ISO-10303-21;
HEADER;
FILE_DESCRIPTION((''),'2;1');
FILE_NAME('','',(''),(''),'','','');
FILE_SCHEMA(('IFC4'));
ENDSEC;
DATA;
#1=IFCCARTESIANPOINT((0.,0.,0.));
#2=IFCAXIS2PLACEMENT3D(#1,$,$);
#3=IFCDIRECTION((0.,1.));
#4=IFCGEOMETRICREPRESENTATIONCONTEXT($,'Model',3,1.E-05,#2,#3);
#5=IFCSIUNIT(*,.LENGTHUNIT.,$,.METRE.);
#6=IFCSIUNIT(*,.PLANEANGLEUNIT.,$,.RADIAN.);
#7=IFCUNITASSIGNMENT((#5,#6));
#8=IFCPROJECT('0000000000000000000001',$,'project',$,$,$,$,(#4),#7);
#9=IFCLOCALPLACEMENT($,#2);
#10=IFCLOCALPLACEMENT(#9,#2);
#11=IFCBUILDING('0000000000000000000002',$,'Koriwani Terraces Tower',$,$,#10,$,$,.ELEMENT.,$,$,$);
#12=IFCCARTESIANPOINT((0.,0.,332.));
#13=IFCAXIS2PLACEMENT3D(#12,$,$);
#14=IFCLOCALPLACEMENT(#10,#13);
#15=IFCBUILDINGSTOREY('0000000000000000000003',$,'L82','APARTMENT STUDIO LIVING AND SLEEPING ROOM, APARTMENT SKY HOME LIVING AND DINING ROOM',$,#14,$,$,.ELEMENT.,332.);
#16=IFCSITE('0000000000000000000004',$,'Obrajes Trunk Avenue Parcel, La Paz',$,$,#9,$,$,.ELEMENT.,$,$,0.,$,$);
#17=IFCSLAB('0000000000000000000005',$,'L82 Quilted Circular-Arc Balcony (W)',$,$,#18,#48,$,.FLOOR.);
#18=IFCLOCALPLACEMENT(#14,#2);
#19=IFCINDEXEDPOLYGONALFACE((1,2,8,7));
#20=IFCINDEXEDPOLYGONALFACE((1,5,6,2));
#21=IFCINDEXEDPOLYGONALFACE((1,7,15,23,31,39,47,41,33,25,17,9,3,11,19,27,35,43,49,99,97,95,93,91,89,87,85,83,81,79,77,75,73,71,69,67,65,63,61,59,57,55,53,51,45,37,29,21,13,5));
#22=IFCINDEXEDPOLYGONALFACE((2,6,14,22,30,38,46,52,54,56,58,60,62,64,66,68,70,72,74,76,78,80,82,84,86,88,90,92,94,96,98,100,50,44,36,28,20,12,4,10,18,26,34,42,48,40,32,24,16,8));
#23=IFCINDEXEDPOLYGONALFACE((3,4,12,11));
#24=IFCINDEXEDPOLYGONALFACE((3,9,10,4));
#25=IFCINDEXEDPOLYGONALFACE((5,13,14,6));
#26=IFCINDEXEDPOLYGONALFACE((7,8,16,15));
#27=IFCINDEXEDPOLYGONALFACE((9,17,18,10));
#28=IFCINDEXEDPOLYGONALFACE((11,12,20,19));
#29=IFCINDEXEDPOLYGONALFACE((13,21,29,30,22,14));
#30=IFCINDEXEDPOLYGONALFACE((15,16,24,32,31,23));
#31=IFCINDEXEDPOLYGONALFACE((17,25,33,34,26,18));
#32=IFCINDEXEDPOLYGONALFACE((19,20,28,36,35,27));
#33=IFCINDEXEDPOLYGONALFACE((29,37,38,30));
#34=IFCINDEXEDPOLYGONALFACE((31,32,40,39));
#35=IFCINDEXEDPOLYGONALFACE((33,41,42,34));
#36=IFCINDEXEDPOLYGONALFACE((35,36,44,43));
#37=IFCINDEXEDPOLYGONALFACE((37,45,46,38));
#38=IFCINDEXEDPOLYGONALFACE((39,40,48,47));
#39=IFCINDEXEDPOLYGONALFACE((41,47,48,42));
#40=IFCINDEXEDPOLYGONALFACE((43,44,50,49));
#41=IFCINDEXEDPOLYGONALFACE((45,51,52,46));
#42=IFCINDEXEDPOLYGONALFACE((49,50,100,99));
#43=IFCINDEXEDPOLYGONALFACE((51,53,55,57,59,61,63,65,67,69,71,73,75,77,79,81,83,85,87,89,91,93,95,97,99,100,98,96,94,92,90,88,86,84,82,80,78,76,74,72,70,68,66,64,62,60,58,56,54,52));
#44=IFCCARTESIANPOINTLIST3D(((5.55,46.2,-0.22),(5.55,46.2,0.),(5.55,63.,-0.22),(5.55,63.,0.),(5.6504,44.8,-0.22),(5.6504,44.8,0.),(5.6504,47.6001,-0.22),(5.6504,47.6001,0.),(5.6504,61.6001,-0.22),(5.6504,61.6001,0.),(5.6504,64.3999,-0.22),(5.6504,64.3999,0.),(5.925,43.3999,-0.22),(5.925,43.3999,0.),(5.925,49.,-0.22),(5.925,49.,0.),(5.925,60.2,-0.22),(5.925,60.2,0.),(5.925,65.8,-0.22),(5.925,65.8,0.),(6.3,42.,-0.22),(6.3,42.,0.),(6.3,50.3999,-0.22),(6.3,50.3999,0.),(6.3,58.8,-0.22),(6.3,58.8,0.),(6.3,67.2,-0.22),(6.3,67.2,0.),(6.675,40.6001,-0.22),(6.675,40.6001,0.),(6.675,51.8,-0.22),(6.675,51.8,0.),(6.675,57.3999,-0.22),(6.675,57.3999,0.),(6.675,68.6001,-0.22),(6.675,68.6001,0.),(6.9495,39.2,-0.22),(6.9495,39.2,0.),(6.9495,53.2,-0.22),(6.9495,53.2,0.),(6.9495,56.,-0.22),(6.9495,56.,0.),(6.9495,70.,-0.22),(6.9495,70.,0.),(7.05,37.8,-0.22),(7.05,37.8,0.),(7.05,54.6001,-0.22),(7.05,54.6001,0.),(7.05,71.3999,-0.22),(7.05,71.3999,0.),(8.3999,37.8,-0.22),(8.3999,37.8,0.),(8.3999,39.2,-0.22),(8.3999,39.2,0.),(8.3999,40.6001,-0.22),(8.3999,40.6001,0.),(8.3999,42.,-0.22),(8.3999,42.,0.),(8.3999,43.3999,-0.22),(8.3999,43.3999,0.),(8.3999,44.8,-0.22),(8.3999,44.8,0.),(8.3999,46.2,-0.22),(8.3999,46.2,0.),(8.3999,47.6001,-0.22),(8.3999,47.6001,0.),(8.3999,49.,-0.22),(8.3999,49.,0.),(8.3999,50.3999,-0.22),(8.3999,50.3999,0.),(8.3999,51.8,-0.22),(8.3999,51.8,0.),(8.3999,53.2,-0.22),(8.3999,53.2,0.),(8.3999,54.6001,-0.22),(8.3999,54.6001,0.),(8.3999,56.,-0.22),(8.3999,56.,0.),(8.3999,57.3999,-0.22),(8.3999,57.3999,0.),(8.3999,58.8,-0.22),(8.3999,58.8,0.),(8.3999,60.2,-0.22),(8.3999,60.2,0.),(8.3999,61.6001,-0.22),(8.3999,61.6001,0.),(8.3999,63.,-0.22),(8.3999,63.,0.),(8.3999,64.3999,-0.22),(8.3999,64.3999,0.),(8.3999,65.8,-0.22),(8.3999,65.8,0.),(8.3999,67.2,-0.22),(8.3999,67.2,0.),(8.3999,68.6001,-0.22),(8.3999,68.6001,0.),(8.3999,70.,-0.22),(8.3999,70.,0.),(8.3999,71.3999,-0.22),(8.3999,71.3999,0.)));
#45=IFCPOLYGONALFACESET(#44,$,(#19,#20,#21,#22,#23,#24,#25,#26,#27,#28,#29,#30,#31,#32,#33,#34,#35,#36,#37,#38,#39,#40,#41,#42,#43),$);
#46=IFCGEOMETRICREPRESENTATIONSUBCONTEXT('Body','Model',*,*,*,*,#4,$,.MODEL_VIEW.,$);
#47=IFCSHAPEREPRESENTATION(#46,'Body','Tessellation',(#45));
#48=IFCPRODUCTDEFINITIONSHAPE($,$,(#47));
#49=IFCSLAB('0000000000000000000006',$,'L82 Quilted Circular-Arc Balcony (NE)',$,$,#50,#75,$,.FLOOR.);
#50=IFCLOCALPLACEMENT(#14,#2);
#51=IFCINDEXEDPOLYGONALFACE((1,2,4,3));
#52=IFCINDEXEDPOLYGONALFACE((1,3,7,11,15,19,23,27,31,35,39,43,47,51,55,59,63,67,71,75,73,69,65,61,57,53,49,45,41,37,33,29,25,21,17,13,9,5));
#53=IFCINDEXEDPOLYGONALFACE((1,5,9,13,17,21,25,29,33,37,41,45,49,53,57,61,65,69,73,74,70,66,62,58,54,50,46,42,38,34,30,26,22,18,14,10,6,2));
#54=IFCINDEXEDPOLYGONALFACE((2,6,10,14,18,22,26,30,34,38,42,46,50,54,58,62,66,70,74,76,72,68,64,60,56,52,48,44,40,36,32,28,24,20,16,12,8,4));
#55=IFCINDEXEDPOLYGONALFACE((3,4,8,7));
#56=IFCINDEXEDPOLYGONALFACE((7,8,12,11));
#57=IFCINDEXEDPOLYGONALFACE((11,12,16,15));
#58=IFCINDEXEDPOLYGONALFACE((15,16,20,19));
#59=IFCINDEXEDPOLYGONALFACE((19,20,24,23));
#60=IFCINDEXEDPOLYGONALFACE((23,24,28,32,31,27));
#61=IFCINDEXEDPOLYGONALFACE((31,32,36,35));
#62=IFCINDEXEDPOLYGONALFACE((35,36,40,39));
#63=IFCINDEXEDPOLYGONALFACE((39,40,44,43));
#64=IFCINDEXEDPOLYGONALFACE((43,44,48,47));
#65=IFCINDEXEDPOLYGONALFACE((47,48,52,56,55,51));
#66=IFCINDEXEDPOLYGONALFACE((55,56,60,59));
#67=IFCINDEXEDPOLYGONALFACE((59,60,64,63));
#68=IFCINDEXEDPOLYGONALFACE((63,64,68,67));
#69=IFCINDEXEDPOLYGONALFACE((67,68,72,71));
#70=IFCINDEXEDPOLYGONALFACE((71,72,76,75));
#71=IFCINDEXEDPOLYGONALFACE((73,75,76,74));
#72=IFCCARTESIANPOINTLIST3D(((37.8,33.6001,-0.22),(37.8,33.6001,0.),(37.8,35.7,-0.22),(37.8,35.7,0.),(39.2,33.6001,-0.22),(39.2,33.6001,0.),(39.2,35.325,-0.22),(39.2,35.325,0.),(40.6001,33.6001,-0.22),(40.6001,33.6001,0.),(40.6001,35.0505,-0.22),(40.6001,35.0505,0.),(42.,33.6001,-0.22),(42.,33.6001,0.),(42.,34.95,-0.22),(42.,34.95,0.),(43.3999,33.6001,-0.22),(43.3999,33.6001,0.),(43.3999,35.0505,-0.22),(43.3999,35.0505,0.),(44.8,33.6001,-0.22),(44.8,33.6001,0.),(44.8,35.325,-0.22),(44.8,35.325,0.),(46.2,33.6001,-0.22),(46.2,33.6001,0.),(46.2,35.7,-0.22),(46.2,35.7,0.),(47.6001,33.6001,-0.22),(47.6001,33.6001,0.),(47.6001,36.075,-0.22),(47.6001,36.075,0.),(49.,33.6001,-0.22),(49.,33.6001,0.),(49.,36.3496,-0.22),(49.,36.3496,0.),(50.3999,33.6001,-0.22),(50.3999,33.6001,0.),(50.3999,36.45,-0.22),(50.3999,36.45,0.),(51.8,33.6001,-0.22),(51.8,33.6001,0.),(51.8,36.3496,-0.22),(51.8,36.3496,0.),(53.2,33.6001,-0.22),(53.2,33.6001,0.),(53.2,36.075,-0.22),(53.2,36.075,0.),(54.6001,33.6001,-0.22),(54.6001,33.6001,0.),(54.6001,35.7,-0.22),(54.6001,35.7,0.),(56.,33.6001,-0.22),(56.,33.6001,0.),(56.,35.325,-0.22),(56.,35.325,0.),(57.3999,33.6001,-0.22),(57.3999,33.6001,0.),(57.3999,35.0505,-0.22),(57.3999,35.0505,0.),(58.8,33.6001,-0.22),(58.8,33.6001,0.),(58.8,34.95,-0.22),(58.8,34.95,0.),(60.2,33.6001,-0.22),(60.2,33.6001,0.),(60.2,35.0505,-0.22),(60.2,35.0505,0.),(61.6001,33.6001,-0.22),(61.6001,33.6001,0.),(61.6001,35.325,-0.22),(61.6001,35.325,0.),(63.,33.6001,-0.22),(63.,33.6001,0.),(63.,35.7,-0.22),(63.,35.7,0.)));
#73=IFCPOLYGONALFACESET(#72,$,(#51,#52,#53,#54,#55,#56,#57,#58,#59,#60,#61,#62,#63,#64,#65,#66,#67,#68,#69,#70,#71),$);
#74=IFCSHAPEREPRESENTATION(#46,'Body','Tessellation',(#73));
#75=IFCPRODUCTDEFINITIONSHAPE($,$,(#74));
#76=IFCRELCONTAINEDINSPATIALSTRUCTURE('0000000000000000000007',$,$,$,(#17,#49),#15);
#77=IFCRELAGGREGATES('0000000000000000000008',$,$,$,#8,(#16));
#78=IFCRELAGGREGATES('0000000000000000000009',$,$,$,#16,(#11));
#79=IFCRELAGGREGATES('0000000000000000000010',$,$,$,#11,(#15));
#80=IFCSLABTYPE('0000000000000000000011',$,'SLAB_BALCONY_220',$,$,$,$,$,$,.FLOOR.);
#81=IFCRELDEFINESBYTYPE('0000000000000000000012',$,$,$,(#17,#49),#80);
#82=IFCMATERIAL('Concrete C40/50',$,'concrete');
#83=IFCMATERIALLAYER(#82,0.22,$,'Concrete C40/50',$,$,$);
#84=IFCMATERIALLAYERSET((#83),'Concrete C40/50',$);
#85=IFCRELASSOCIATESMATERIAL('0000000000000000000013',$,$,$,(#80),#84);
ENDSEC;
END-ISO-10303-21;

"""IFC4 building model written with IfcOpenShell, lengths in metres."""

from ifc_helpers import new_model, si_unit, direction, frame, origin, place, context, subcontext, project, spatial, polyline, outline, extrude, material, layer, layer_set, type_object, element, save


model = new_model("IFC4")

# Units and contexts
model_context = context("Model", 3, precision=1e-05, world=origin(), true_north=direction((0.0, 1.0)))
body_context = subcontext(model_context, "Body", "Model", "MODEL_VIEW")
ifc_project = project(units=[si_unit("LENGTHUNIT", "METRE"), si_unit("PLANEANGLEUNIT", "RADIAN")], contexts=[model_context])

# Site, building, storey
site_placement = place(None, origin())
site = spatial("IfcSite", under=ifc_project, at=site_placement, Name="Obrajes Trunk Avenue Parcel, La Paz", CompositionType="ELEMENT", RefElevation=0.0)
building_placement = place(site_placement, origin())
building = spatial("IfcBuilding", under=site, at=building_placement, Name="Koriwani Terraces Tower", CompositionType="ELEMENT")
storey_placement = place(building_placement, frame((0.0, 0.0, 332.0)))
storey = spatial("IfcBuildingStorey", under=building, at=storey_placement, Name="L82", Description="APARTMENT STUDIO LIVING AND SLEEPING ROOM, APARTMENT SKY HOME LIVING AND DINING ROOM", CompositionType="ELEMENT", Elevation=332.0)

# Shared definitions
ifc_material_1 = material(Name="Concrete C40/50", Category="concrete")

# Slabs
ifc_layer_1 = layer(ifc_material_1, 0.22, Name="Concrete C40/50")
ifc_layer_set_1 = layer_set([ifc_layer_1], Name="Concrete C40/50")
slab_type_1 = type_object("IfcSlabType", Name="SLAB_BALCONY_220", PredefinedType="FLOOR", material=ifc_layer_set_1)
slab_1_placement = place(storey_placement, frame((0.0, 0.0, -0.22)))
element("IfcSlab", 1, at=slab_1_placement, inside=storey, type_object=slab_type_1, Name="L82 Quilted Circular-Arc Balcony (W)", PredefinedType="FLOOR", context=body_context, shape_type="SweptSolid", body=[
    extrude(outline(polyline([(8.3999, 37.8), (8.3999, 39.2), (8.3999, 40.6001), (8.3999, 42.0), (8.3999, 43.3999), (8.3999, 44.8), (8.3999, 46.2), (8.3999, 47.6001), (8.3999, 49.0), (8.3999, 50.3999), (8.3999, 51.8), (8.3999, 53.2), (8.3999, 54.6001), (8.3999, 56.0), (8.3999, 57.3999), (8.3999, 58.8), (8.3999, 60.2), (8.3999, 61.6001), (8.3999, 63.0), (8.3999, 64.3999), (8.3999, 65.8), (8.3999, 67.2), (8.3999, 68.6001), (8.3999, 70.0), (8.3999, 71.3999), (7.05, 71.3999), (6.9495, 70.0), (6.675, 68.6001), (6.3, 67.2), (5.925, 65.8), (5.6504, 64.3999), (5.55, 63.0), (5.6504, 61.6001), (5.925, 60.2), (6.3, 58.8), (6.675, 57.3999), (6.9495, 56.0), (7.05, 54.6001), (6.9495, 53.2), (6.675, 51.8), (6.3, 50.3999), (5.925, 49.0), (5.6504, 47.6001), (5.55, 46.2), (5.6504, 44.8), (5.925, 43.3999), (6.3, 42.0), (6.675, 40.6001), (6.9495, 39.2), (7.05, 37.8), (8.3999, 37.8)])), origin(), (0.0, 0.0, 1.0), 0.22),
])
slab_2_placement = place(storey_placement, frame((0.0, 0.0, -0.22)))
element("IfcSlab", 2, at=slab_2_placement, inside=storey, type_object=slab_type_1, Name="L82 Quilted Circular-Arc Balcony (NE)", PredefinedType="FLOOR", context=body_context, shape_type="SweptSolid", body=[
    extrude(outline(polyline([(63.0, 33.6001), (61.6001, 33.6001), (60.2, 33.6001), (58.8, 33.6001), (57.3999, 33.6001), (56.0, 33.6001), (54.6001, 33.6001), (53.2, 33.6001), (51.8, 33.6001), (50.3999, 33.6001), (49.0, 33.6001), (47.6001, 33.6001), (46.2, 33.6001), (44.8, 33.6001), (43.3999, 33.6001), (42.0, 33.6001), (40.6001, 33.6001), (39.2, 33.6001), (37.8, 33.6001), (37.8, 35.7), (39.2, 35.325), (40.6001, 35.0505), (42.0, 34.95), (43.3999, 35.0505), (44.8, 35.325), (46.2, 35.7), (47.6001, 36.075), (49.0, 36.3496), (50.3999, 36.45), (51.8, 36.3496), (53.2, 36.075), (54.6001, 35.7), (56.0, 35.325), (57.3999, 35.0505), (58.8, 34.95), (60.2, 35.0505), (61.6001, 35.325), (63.0, 35.7), (63.0, 33.6001)])), origin(), (0.0, 0.0, 1.0), 0.22),
])

save(model, "model.ifc")
